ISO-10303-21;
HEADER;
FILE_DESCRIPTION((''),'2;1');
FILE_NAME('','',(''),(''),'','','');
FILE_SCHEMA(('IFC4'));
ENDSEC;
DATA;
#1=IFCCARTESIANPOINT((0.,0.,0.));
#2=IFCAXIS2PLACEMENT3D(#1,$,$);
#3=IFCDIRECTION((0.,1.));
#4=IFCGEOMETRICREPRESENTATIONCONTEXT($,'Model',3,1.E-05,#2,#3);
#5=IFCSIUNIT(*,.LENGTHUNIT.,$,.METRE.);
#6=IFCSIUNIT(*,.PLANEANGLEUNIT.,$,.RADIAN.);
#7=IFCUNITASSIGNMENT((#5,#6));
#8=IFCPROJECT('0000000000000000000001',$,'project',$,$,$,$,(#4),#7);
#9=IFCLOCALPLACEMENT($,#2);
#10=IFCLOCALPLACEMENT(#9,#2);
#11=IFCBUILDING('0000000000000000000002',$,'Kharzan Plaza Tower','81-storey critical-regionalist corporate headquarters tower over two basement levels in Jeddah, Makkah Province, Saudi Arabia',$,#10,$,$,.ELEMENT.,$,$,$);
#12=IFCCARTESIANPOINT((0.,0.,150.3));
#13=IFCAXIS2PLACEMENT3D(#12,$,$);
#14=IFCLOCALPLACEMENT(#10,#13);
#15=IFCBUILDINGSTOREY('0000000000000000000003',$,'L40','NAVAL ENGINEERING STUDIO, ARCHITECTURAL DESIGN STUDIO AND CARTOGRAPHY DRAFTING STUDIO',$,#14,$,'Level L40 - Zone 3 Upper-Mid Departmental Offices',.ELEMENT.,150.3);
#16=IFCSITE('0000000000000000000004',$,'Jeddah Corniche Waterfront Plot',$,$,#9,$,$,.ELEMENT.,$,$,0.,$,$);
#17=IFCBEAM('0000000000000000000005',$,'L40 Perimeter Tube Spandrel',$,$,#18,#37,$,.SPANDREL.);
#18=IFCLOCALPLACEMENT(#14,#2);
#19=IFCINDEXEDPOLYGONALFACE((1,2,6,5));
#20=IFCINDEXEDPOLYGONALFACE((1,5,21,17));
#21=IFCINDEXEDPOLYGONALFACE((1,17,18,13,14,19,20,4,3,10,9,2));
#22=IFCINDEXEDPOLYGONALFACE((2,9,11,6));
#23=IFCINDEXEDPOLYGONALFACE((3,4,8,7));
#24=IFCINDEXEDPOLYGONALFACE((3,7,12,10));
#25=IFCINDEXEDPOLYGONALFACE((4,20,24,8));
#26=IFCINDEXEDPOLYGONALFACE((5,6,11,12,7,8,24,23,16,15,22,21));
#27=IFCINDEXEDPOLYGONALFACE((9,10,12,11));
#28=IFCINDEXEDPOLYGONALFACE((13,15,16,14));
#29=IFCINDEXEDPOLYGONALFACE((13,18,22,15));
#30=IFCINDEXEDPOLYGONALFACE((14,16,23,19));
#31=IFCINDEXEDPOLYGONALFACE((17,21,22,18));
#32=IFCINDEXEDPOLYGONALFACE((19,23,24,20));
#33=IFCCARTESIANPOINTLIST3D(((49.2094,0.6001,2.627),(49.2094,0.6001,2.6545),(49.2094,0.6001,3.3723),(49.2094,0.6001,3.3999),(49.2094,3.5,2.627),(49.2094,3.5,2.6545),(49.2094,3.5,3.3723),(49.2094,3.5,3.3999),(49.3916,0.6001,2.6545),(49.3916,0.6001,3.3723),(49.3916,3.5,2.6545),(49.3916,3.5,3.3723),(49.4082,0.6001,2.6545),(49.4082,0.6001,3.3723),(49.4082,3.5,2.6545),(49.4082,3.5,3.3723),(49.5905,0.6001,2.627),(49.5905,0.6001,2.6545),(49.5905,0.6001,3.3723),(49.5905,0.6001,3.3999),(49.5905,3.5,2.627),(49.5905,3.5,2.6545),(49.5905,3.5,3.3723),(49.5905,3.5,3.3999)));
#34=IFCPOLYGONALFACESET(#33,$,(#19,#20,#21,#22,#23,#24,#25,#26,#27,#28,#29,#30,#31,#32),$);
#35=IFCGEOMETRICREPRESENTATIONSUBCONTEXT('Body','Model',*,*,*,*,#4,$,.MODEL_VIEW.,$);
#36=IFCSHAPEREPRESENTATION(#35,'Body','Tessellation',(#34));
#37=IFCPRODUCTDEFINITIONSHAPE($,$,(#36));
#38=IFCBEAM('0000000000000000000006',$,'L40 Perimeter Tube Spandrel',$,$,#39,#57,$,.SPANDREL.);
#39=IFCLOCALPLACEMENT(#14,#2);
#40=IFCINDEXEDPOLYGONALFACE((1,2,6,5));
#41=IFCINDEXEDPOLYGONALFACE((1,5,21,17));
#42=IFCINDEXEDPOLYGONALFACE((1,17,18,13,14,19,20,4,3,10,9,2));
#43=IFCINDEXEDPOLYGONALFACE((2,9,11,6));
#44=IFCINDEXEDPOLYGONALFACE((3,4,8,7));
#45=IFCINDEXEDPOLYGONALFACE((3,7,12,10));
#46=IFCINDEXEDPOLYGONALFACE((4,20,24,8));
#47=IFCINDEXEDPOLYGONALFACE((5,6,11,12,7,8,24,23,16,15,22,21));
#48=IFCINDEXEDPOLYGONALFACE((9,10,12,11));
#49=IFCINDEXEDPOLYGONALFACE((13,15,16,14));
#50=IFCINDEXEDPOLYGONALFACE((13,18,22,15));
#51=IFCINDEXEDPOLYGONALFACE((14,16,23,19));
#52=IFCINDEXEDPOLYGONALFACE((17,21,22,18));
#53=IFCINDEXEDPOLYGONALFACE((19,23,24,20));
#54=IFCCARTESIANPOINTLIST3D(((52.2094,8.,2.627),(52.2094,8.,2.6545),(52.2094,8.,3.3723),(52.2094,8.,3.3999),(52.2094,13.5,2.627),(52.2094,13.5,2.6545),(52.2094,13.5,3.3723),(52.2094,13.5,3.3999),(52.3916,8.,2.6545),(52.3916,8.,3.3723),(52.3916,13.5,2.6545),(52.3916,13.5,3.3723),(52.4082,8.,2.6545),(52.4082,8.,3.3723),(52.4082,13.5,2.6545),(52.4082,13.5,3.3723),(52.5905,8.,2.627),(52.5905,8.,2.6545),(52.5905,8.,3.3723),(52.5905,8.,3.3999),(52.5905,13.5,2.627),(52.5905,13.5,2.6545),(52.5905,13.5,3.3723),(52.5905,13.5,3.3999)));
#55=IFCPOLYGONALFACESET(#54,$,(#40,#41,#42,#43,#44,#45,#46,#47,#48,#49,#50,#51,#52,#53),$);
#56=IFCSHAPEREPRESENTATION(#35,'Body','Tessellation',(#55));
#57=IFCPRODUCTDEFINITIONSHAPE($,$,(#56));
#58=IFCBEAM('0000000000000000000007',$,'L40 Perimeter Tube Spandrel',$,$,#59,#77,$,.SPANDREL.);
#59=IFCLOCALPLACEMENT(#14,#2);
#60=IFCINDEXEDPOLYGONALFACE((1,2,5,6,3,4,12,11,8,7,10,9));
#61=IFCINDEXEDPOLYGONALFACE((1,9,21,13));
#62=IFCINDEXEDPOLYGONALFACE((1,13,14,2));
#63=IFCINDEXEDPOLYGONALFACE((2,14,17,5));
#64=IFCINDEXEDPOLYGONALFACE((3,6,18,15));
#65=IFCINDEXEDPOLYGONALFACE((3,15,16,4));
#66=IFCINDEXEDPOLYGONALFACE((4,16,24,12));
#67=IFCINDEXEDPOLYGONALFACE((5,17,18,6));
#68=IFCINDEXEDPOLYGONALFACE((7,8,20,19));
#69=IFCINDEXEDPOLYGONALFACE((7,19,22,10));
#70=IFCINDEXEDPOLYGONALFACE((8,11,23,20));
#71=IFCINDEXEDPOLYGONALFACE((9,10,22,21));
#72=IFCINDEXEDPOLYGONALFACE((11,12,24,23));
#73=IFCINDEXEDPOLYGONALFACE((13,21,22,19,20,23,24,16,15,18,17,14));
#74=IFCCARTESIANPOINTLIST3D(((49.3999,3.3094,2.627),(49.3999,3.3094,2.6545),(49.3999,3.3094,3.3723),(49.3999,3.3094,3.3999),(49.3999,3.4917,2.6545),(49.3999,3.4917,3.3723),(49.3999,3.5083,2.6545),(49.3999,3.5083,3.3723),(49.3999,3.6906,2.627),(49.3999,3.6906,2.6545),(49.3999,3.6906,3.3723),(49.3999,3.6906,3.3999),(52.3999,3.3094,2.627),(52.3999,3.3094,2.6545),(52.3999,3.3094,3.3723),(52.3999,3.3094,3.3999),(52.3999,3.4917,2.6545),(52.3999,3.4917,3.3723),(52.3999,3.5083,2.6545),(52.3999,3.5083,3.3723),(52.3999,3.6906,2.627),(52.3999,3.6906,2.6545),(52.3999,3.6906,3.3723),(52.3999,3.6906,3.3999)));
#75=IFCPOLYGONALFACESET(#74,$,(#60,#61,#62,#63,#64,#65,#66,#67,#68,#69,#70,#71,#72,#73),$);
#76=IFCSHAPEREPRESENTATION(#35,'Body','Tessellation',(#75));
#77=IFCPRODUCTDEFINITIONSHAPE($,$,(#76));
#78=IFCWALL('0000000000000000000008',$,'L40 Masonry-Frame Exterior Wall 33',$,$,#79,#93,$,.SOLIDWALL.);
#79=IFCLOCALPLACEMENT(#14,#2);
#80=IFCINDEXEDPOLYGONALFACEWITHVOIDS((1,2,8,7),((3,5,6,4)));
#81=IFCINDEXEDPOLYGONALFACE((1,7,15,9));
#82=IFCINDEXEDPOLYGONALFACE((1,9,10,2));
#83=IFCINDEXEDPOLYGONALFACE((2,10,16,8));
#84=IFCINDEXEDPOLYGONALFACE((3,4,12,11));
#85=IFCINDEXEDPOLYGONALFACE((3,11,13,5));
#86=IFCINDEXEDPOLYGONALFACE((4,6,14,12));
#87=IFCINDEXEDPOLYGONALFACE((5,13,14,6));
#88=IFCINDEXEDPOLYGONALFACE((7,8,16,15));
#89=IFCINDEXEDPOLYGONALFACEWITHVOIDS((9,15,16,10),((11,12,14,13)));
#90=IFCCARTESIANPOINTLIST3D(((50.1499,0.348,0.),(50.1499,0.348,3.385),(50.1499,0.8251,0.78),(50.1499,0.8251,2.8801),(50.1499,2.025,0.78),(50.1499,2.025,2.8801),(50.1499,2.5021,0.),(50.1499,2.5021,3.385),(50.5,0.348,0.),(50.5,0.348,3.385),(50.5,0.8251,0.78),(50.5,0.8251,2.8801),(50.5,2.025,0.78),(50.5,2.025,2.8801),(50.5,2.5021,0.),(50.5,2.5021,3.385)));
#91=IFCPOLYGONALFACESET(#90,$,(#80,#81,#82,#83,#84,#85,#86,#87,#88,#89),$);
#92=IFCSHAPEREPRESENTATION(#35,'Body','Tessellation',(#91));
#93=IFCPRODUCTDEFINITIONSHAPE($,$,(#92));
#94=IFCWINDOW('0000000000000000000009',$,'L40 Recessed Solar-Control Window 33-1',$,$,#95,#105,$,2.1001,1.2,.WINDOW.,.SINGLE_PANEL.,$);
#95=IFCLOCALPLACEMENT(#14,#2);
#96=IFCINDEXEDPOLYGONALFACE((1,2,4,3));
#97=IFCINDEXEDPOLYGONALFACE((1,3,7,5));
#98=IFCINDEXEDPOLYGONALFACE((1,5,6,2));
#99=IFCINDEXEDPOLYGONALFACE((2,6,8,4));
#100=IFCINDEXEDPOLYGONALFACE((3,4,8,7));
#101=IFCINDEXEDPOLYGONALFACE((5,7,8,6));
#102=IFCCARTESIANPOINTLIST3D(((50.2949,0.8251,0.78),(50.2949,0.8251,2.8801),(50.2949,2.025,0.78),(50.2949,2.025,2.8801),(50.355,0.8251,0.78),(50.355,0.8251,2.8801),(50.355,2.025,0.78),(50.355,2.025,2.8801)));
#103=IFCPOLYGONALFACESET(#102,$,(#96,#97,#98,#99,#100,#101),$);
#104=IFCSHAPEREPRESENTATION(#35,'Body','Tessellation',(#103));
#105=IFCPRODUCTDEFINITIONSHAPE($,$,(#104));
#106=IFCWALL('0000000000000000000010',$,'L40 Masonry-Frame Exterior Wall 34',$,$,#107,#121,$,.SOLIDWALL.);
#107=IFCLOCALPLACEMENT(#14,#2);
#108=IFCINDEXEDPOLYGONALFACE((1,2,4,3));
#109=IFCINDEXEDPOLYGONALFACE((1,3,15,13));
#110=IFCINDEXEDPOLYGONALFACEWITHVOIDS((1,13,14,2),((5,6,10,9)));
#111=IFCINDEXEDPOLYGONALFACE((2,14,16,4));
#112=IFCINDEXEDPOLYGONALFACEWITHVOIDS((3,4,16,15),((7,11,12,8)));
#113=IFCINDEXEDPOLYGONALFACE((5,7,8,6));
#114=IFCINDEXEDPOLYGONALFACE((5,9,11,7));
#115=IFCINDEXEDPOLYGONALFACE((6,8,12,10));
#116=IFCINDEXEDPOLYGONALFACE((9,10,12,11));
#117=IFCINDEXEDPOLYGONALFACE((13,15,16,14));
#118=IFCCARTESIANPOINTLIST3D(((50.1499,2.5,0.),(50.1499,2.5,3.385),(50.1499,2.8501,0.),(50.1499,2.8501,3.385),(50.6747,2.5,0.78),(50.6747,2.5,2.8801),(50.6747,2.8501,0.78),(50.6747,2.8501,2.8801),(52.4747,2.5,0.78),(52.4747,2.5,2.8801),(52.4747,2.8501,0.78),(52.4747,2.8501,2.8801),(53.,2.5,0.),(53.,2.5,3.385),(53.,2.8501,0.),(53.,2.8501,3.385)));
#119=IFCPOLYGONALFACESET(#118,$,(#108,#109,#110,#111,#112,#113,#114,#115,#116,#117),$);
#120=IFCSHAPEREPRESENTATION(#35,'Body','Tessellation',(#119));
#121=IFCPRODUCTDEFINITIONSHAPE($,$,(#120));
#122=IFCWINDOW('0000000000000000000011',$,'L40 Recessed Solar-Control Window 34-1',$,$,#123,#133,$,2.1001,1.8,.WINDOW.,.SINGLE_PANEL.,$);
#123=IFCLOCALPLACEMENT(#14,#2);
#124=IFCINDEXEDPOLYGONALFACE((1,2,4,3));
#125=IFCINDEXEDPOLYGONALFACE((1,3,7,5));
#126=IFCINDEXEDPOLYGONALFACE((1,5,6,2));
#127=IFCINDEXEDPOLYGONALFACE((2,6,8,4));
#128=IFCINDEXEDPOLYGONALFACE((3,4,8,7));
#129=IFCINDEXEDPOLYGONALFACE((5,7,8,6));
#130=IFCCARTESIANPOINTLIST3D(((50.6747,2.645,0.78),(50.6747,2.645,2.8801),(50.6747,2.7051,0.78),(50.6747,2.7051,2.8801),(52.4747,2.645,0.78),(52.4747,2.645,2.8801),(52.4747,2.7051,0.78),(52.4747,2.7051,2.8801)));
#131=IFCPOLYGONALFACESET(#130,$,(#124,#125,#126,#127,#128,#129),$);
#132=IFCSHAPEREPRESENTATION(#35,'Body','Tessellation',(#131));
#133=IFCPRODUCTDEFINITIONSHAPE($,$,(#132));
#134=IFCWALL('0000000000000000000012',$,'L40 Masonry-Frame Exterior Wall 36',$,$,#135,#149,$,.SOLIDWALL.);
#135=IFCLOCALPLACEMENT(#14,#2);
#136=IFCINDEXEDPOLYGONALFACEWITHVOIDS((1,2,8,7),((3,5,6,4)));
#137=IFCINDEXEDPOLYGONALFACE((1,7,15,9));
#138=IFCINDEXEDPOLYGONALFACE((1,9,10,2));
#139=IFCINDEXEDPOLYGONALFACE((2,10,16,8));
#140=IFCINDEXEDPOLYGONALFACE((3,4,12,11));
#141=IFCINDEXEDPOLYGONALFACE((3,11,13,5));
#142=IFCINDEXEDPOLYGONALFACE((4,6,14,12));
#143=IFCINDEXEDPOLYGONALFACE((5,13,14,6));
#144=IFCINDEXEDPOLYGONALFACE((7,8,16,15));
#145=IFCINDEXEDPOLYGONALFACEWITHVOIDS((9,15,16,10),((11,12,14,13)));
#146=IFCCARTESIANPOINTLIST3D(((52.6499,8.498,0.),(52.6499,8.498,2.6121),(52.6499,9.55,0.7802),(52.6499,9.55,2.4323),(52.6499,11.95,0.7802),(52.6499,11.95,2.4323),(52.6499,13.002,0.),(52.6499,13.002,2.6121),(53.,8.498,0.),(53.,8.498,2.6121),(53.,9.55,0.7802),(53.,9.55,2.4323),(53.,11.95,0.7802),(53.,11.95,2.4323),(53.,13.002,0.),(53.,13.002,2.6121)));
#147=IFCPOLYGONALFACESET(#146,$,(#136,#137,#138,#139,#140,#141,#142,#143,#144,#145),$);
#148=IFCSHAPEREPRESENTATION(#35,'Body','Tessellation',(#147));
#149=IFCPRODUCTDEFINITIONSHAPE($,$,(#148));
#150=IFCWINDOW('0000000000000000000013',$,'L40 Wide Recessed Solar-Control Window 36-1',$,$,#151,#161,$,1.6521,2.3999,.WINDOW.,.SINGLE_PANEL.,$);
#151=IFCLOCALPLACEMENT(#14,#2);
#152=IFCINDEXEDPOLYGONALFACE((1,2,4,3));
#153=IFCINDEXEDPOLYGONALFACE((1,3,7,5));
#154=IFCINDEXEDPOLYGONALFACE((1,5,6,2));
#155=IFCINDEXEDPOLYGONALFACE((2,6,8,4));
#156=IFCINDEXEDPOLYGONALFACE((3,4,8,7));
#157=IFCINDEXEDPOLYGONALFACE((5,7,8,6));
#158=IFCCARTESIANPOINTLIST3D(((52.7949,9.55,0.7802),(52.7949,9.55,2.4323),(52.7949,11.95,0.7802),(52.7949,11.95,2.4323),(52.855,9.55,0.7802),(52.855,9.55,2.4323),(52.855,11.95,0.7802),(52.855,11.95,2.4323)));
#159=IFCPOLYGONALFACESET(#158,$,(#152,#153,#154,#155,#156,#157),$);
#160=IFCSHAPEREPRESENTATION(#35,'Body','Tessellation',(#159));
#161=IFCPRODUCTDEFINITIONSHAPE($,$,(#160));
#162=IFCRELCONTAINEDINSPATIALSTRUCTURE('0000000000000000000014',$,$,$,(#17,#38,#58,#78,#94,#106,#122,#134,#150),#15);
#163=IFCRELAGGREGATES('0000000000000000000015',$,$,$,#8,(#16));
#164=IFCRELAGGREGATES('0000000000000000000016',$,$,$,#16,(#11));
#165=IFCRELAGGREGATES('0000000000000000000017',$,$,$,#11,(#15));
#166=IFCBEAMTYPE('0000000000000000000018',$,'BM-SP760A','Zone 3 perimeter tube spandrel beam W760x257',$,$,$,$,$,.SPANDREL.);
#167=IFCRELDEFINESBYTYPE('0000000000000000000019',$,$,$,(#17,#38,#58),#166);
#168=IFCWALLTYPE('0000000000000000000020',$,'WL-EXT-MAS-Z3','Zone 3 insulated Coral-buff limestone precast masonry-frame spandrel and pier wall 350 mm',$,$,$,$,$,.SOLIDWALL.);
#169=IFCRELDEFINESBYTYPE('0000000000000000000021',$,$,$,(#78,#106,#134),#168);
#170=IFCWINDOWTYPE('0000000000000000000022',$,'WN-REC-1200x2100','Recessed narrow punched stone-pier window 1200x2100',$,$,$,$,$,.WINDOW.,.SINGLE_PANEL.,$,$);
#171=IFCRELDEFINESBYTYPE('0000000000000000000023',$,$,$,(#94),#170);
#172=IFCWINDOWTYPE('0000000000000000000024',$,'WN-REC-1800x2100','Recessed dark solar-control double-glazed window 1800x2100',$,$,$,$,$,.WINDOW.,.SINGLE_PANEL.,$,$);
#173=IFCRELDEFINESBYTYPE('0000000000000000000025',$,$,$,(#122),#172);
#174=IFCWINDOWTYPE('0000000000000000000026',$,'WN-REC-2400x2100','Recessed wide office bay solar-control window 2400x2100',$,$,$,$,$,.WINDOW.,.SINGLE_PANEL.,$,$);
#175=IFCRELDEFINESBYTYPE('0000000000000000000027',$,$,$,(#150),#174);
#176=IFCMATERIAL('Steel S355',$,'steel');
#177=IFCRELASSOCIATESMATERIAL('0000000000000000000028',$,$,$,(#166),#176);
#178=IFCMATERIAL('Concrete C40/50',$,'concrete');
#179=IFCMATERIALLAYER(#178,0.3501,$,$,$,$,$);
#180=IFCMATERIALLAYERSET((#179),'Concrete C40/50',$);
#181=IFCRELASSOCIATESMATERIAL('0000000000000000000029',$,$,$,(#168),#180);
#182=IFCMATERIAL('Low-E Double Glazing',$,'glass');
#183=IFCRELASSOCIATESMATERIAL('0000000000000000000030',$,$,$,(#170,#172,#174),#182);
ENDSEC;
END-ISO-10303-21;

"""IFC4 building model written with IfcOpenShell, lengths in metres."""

from ifc_helpers import new_model, si_unit, direction, frame, frame_2d, origin, origin_2d, place, context, subcontext, project, spatial, rectangle, i_section, extrude, source, transform, mapped, material, layer, layer_set, material_profile, profile_set, type_object, element, fill, save


model = new_model("IFC4")

# Units and contexts
model_context = context("Model", 3, precision=1e-05, world=origin(), true_north=direction((0.0, 1.0)))
body_context = subcontext(model_context, "Body", "Model", "MODEL_VIEW")
ifc_project = project(units=[si_unit("LENGTHUNIT", "METRE"), si_unit("PLANEANGLEUNIT", "RADIAN")], contexts=[model_context])

# Site, building, storey
site_placement = place(None, origin())
site = spatial("IfcSite", under=ifc_project, at=site_placement, Name="Jeddah Corniche Waterfront Plot", CompositionType="ELEMENT", RefElevation=0.0)
building_placement = place(site_placement, origin())
building = spatial("IfcBuilding", under=site, at=building_placement, Name="Kharzan Plaza Tower", Description="81-storey critical-regionalist corporate headquarters tower over two basement levels in Jeddah, Makkah Province, Saudi Arabia", CompositionType="ELEMENT")
storey_placement = place(building_placement, frame((0.0, 0.0, 150.3)))
storey = spatial("IfcBuildingStorey", under=building, at=storey_placement, Name="L40", Description="NAVAL ENGINEERING STUDIO, ARCHITECTURAL DESIGN STUDIO AND CARTOGRAPHY DRAFTING STUDIO", LongName="Level L40 - Zone 3 Upper-Mid Departmental Offices", CompositionType="ELEMENT", Elevation=150.3)

# Beams
ifc_material_1 = material(Name="Steel S355", Category="steel")
ifc_material_profile_1 = material_profile(ifc_material_1, i_section(OverallWidth=0.3811, OverallDepth=0.7729, WebThickness=0.0166, FlangeThickness=0.0276, at=origin_2d()), Name="W760x257")
ifc_profile_set_1 = profile_set([ifc_material_profile_1], Name="Steel S355")
beam_type_1 = type_object("IfcBeamType", Name="BM-SP760A", Description="Zone 3 perimeter tube spandrel beam W760x257", PredefinedType="SPANDREL", material=ifc_profile_set_1)
shared_shape_1 = source(origin(), body_context, "Body", "SweptSolid", [
    extrude(i_section(OverallWidth=0.3811, OverallDepth=0.7729, WebThickness=0.0166, FlangeThickness=0.0276, at=origin_2d()), origin(), (0.0, 0.0, 1.0), 2.8999),
])
beam_1_placement = place(storey_placement, frame((49.3999, 0.6001, 3.0134), z_axis=(0.0, 1.0, 0.0), x_axis=(-1.0, 0.0, 0.0)))
element("IfcBeam", 1, at=beam_1_placement, inside=storey, type_object=beam_type_1, Name="L40 Perimeter Tube Spandrel", PredefinedType="SPANDREL", context=body_context, shape_type="MappedRepresentation", body=[
    mapped(shared_shape_1, transform((0.0, 0.0, 0.0), x_axis=(1.0, 0.0, 0.0), y_axis=(0.0, 1.0, 0.0), z_axis=(0.0, 0.0, 1.0))),
])
shared_shape_2 = source(origin(), body_context, "Body", "SweptSolid", [
    extrude(i_section(OverallWidth=0.3811, OverallDepth=0.7729, WebThickness=0.0166, FlangeThickness=0.0276, at=origin_2d()), origin(), (0.0, 0.0, 1.0), 5.5),
])
beam_2_placement = place(storey_placement, frame((52.3999, 8.0, 3.0134), z_axis=(0.0, 1.0, 0.0), x_axis=(-1.0, 0.0, 0.0)))
element("IfcBeam", 2, at=beam_2_placement, inside=storey, type_object=beam_type_1, Name="L40 Perimeter Tube Spandrel", PredefinedType="SPANDREL", context=body_context, shape_type="MappedRepresentation", body=[
    mapped(shared_shape_2, transform((0.0, 0.0, 0.0), x_axis=(1.0, 0.0, 0.0), y_axis=(0.0, 1.0, 0.0), z_axis=(0.0, 0.0, 1.0))),
])
shared_shape_3 = source(origin(), body_context, "Body", "SweptSolid", [
    extrude(i_section(OverallWidth=0.3811, OverallDepth=0.7729, WebThickness=0.0166, FlangeThickness=0.0276, at=origin_2d()), origin(), (0.0, 0.0, 1.0), 3.0),
])
beam_3_placement = place(storey_placement, frame((49.3999, 3.5, 3.0134), z_axis=(1.0, 0.0, 0.0), x_axis=(0.0, 1.0, 0.0)))
element("IfcBeam", 3, at=beam_3_placement, inside=storey, type_object=beam_type_1, Name="L40 Perimeter Tube Spandrel", PredefinedType="SPANDREL", context=body_context, shape_type="MappedRepresentation", body=[
    mapped(shared_shape_3, transform((0.0, 0.0, 0.0), x_axis=(1.0, 0.0, 0.0), y_axis=(0.0, 1.0, 0.0), z_axis=(0.0, 0.0, 1.0))),
])

# Walls, openings, windows
ifc_material_2 = material(Name="Concrete C40/50", Category="concrete")
ifc_layer_1 = layer(ifc_material_2, 0.3501)
ifc_layer_set_1 = layer_set([ifc_layer_1], Name="Concrete C40/50")
wall_type_1 = type_object("IfcWallType", Name="WL-EXT-MAS-Z3", Description="Zone 3 insulated Coral-buff limestone precast masonry-frame spandrel and pier wall 350 mm", PredefinedType="SOLIDWALL", material=ifc_layer_set_1)
wall_1_placement = place(storey_placement, frame((50.325, 0.3479, 0.0), z_axis=(0.0, 0.0, 1.0), x_axis=(0.0, 1.0, 0.0)))
wall_1 = element("IfcWall", 4, at=wall_1_placement, inside=storey, type_object=wall_type_1, Name="L40 Masonry-Frame Exterior Wall 33", PredefinedType="SOLIDWALL", context=body_context, shape_type="SweptSolid", body=[
    extrude(rectangle(XDim=2.1541, YDim=0.3501, at=frame_2d((1.0771, 0.0))), origin(), (0.0, 0.0, 1.0), 3.385),
])
opening_1_placement = place(wall_1_placement, frame((0.4771, 0.0, 0.78)))
opening_1 = element("IfcOpeningElement", 5, at=opening_1_placement, cuts=wall_1, PredefinedType="OPENING", context=body_context, shape_type="SweptSolid", body=[
    extrude(rectangle(XDim=1.2, YDim=2.1001, at=frame_2d((0.6001, 1.05))), frame((0.0, 0.1851, 0.0), z_axis=(0.0, -1.0, 0.0), x_axis=(1.0, 0.0, 0.0)), (0.0, 0.0, 1.0), 0.3701),
])
ifc_material_3 = material(Name="Low-E Double Glazing", Category="glass")
window_type_1 = type_object("IfcWindowType", Name="WN-REC-1200x2100", Description="Recessed narrow punched stone-pier window 1200x2100", PartitioningType="SINGLE_PANEL", PredefinedType="WINDOW", material=ifc_material_3)
shared_shape_4 = source(origin(), body_context, "Body", "SweptSolid", [
    extrude(rectangle(XDim=1.2, YDim=2.1001, at=frame_2d((0.6001, 1.05))), frame((0.0, 0.03, 0.0), z_axis=(0.0, -1.0, 0.0), x_axis=(1.0, 0.0, 0.0)), (0.0, 0.0, 1.0), 0.0601),
])
window_1_placement = place(opening_1_placement, origin())
window_1 = element("IfcWindow", 6, at=window_1_placement, inside=storey, type_object=window_type_1, Name="L40 Recessed Solar-Control Window 33-1", OverallHeight=2.1001, OverallWidth=1.2, PartitioningType="SINGLE_PANEL", PredefinedType="WINDOW", context=body_context, shape_type="MappedRepresentation", body=[
    mapped(shared_shape_4, transform((0.0, 0.0, 0.0), x_axis=(1.0, 0.0, 0.0), y_axis=(0.0, 1.0, 0.0), z_axis=(0.0, 0.0, 1.0))),
])
fill(opening_1, window_1)
wall_2_placement = place(storey_placement, frame((50.1499, 2.675, 0.0), z_axis=(0.0, 0.0, 1.0), x_axis=(1.0, 0.0, 0.0)))
wall_2 = element("IfcWall", 7, at=wall_2_placement, inside=storey, type_object=wall_type_1, Name="L40 Masonry-Frame Exterior Wall 34", PredefinedType="SOLIDWALL", context=body_context, shape_type="SweptSolid", body=[
    extrude(rectangle(XDim=2.8501, YDim=0.3501, at=frame_2d((1.425, 0.0))), origin(), (0.0, 0.0, 1.0), 3.385),
])
opening_2_placement = place(wall_2_placement, frame((0.5249, 0.0, 0.78)))
opening_2 = element("IfcOpeningElement", 8, at=opening_2_placement, cuts=wall_2, PredefinedType="OPENING", context=body_context, shape_type="SweptSolid", body=[
    extrude(rectangle(XDim=1.8, YDim=2.1001, at=frame_2d((0.8999, 1.05))), frame((0.0, 0.1851, 0.0), z_axis=(0.0, -1.0, 0.0), x_axis=(1.0, 0.0, 0.0)), (0.0, 0.0, 1.0), 0.3701),
])
window_type_2 = type_object("IfcWindowType", Name="WN-REC-1800x2100", Description="Recessed dark solar-control double-glazed window 1800x2100", PartitioningType="SINGLE_PANEL", PredefinedType="WINDOW", material=ifc_material_3)
shared_shape_5 = source(origin(), body_context, "Body", "SweptSolid", [
    extrude(rectangle(XDim=1.8, YDim=2.1001, at=frame_2d((0.8999, 1.05))), frame((0.0, 0.03, 0.0), z_axis=(0.0, -1.0, 0.0), x_axis=(1.0, 0.0, 0.0)), (0.0, 0.0, 1.0), 0.0601),
])
window_2_placement = place(opening_2_placement, origin())
window_2 = element("IfcWindow", 9, at=window_2_placement, inside=storey, type_object=window_type_2, Name="L40 Recessed Solar-Control Window 34-1", OverallHeight=2.1001, OverallWidth=1.8, PartitioningType="SINGLE_PANEL", PredefinedType="WINDOW", context=body_context, shape_type="MappedRepresentation", body=[
    mapped(shared_shape_5, transform((0.0, 0.0, 0.0), x_axis=(1.0, 0.0, 0.0), y_axis=(0.0, 1.0, 0.0), z_axis=(0.0, 0.0, 1.0))),
])
fill(opening_2, window_2)
wall_3_placement = place(storey_placement, frame((52.825, 8.498, 0.0), z_axis=(0.0, 0.0, 1.0), x_axis=(0.0, 1.0, 0.0)))
wall_3 = element("IfcWall", 10, at=wall_3_placement, inside=storey, type_object=wall_type_1, Name="L40 Masonry-Frame Exterior Wall 36", PredefinedType="SOLIDWALL", context=body_context, shape_type="SweptSolid", body=[
    extrude(rectangle(XDim=4.5039, YDim=0.3501, at=frame_2d((2.252, 0.0))), origin(), (0.0, 0.0, 1.0), 2.6121),
])
opening_3_placement = place(wall_3_placement, frame((1.052, 0.0, 0.78)))
opening_3 = element("IfcOpeningElement", 11, at=opening_3_placement, cuts=wall_3, PredefinedType="OPENING", context=body_context, shape_type="SweptSolid", body=[
    extrude(rectangle(XDim=2.3999, YDim=1.6521, at=frame_2d((1.2, 0.8262))), frame((0.0, 0.1851, 0.0), z_axis=(0.0, -1.0, 0.0), x_axis=(1.0, 0.0, 0.0)), (0.0, 0.0, 1.0), 0.3701),
])
window_type_3 = type_object("IfcWindowType", Name="WN-REC-2400x2100", Description="Recessed wide office bay solar-control window 2400x2100", PartitioningType="SINGLE_PANEL", PredefinedType="WINDOW", material=ifc_material_3)
shared_shape_6 = source(origin(), body_context, "Body", "SweptSolid", [
    extrude(rectangle(XDim=2.3999, YDim=1.6521, at=frame_2d((1.2, 0.8262))), frame((0.0, 0.03, 0.0), z_axis=(0.0, -1.0, 0.0), x_axis=(1.0, 0.0, 0.0)), (0.0, 0.0, 1.0), 0.0601),
])
window_3_placement = place(opening_3_placement, origin())
window_3 = element("IfcWindow", 12, at=window_3_placement, inside=storey, type_object=window_type_3, Name="L40 Wide Recessed Solar-Control Window 36-1", OverallHeight=1.6521, OverallWidth=2.3999, PartitioningType="SINGLE_PANEL", PredefinedType="WINDOW", context=body_context, shape_type="MappedRepresentation", body=[
    mapped(shared_shape_6, transform((0.0, 0.0, 0.0), x_axis=(1.0, 0.0, 0.0), y_axis=(0.0, 1.0, 0.0), z_axis=(0.0, 0.0, 1.0))),
])
fill(opening_3, window_3)

save(model, "model.ifc")
